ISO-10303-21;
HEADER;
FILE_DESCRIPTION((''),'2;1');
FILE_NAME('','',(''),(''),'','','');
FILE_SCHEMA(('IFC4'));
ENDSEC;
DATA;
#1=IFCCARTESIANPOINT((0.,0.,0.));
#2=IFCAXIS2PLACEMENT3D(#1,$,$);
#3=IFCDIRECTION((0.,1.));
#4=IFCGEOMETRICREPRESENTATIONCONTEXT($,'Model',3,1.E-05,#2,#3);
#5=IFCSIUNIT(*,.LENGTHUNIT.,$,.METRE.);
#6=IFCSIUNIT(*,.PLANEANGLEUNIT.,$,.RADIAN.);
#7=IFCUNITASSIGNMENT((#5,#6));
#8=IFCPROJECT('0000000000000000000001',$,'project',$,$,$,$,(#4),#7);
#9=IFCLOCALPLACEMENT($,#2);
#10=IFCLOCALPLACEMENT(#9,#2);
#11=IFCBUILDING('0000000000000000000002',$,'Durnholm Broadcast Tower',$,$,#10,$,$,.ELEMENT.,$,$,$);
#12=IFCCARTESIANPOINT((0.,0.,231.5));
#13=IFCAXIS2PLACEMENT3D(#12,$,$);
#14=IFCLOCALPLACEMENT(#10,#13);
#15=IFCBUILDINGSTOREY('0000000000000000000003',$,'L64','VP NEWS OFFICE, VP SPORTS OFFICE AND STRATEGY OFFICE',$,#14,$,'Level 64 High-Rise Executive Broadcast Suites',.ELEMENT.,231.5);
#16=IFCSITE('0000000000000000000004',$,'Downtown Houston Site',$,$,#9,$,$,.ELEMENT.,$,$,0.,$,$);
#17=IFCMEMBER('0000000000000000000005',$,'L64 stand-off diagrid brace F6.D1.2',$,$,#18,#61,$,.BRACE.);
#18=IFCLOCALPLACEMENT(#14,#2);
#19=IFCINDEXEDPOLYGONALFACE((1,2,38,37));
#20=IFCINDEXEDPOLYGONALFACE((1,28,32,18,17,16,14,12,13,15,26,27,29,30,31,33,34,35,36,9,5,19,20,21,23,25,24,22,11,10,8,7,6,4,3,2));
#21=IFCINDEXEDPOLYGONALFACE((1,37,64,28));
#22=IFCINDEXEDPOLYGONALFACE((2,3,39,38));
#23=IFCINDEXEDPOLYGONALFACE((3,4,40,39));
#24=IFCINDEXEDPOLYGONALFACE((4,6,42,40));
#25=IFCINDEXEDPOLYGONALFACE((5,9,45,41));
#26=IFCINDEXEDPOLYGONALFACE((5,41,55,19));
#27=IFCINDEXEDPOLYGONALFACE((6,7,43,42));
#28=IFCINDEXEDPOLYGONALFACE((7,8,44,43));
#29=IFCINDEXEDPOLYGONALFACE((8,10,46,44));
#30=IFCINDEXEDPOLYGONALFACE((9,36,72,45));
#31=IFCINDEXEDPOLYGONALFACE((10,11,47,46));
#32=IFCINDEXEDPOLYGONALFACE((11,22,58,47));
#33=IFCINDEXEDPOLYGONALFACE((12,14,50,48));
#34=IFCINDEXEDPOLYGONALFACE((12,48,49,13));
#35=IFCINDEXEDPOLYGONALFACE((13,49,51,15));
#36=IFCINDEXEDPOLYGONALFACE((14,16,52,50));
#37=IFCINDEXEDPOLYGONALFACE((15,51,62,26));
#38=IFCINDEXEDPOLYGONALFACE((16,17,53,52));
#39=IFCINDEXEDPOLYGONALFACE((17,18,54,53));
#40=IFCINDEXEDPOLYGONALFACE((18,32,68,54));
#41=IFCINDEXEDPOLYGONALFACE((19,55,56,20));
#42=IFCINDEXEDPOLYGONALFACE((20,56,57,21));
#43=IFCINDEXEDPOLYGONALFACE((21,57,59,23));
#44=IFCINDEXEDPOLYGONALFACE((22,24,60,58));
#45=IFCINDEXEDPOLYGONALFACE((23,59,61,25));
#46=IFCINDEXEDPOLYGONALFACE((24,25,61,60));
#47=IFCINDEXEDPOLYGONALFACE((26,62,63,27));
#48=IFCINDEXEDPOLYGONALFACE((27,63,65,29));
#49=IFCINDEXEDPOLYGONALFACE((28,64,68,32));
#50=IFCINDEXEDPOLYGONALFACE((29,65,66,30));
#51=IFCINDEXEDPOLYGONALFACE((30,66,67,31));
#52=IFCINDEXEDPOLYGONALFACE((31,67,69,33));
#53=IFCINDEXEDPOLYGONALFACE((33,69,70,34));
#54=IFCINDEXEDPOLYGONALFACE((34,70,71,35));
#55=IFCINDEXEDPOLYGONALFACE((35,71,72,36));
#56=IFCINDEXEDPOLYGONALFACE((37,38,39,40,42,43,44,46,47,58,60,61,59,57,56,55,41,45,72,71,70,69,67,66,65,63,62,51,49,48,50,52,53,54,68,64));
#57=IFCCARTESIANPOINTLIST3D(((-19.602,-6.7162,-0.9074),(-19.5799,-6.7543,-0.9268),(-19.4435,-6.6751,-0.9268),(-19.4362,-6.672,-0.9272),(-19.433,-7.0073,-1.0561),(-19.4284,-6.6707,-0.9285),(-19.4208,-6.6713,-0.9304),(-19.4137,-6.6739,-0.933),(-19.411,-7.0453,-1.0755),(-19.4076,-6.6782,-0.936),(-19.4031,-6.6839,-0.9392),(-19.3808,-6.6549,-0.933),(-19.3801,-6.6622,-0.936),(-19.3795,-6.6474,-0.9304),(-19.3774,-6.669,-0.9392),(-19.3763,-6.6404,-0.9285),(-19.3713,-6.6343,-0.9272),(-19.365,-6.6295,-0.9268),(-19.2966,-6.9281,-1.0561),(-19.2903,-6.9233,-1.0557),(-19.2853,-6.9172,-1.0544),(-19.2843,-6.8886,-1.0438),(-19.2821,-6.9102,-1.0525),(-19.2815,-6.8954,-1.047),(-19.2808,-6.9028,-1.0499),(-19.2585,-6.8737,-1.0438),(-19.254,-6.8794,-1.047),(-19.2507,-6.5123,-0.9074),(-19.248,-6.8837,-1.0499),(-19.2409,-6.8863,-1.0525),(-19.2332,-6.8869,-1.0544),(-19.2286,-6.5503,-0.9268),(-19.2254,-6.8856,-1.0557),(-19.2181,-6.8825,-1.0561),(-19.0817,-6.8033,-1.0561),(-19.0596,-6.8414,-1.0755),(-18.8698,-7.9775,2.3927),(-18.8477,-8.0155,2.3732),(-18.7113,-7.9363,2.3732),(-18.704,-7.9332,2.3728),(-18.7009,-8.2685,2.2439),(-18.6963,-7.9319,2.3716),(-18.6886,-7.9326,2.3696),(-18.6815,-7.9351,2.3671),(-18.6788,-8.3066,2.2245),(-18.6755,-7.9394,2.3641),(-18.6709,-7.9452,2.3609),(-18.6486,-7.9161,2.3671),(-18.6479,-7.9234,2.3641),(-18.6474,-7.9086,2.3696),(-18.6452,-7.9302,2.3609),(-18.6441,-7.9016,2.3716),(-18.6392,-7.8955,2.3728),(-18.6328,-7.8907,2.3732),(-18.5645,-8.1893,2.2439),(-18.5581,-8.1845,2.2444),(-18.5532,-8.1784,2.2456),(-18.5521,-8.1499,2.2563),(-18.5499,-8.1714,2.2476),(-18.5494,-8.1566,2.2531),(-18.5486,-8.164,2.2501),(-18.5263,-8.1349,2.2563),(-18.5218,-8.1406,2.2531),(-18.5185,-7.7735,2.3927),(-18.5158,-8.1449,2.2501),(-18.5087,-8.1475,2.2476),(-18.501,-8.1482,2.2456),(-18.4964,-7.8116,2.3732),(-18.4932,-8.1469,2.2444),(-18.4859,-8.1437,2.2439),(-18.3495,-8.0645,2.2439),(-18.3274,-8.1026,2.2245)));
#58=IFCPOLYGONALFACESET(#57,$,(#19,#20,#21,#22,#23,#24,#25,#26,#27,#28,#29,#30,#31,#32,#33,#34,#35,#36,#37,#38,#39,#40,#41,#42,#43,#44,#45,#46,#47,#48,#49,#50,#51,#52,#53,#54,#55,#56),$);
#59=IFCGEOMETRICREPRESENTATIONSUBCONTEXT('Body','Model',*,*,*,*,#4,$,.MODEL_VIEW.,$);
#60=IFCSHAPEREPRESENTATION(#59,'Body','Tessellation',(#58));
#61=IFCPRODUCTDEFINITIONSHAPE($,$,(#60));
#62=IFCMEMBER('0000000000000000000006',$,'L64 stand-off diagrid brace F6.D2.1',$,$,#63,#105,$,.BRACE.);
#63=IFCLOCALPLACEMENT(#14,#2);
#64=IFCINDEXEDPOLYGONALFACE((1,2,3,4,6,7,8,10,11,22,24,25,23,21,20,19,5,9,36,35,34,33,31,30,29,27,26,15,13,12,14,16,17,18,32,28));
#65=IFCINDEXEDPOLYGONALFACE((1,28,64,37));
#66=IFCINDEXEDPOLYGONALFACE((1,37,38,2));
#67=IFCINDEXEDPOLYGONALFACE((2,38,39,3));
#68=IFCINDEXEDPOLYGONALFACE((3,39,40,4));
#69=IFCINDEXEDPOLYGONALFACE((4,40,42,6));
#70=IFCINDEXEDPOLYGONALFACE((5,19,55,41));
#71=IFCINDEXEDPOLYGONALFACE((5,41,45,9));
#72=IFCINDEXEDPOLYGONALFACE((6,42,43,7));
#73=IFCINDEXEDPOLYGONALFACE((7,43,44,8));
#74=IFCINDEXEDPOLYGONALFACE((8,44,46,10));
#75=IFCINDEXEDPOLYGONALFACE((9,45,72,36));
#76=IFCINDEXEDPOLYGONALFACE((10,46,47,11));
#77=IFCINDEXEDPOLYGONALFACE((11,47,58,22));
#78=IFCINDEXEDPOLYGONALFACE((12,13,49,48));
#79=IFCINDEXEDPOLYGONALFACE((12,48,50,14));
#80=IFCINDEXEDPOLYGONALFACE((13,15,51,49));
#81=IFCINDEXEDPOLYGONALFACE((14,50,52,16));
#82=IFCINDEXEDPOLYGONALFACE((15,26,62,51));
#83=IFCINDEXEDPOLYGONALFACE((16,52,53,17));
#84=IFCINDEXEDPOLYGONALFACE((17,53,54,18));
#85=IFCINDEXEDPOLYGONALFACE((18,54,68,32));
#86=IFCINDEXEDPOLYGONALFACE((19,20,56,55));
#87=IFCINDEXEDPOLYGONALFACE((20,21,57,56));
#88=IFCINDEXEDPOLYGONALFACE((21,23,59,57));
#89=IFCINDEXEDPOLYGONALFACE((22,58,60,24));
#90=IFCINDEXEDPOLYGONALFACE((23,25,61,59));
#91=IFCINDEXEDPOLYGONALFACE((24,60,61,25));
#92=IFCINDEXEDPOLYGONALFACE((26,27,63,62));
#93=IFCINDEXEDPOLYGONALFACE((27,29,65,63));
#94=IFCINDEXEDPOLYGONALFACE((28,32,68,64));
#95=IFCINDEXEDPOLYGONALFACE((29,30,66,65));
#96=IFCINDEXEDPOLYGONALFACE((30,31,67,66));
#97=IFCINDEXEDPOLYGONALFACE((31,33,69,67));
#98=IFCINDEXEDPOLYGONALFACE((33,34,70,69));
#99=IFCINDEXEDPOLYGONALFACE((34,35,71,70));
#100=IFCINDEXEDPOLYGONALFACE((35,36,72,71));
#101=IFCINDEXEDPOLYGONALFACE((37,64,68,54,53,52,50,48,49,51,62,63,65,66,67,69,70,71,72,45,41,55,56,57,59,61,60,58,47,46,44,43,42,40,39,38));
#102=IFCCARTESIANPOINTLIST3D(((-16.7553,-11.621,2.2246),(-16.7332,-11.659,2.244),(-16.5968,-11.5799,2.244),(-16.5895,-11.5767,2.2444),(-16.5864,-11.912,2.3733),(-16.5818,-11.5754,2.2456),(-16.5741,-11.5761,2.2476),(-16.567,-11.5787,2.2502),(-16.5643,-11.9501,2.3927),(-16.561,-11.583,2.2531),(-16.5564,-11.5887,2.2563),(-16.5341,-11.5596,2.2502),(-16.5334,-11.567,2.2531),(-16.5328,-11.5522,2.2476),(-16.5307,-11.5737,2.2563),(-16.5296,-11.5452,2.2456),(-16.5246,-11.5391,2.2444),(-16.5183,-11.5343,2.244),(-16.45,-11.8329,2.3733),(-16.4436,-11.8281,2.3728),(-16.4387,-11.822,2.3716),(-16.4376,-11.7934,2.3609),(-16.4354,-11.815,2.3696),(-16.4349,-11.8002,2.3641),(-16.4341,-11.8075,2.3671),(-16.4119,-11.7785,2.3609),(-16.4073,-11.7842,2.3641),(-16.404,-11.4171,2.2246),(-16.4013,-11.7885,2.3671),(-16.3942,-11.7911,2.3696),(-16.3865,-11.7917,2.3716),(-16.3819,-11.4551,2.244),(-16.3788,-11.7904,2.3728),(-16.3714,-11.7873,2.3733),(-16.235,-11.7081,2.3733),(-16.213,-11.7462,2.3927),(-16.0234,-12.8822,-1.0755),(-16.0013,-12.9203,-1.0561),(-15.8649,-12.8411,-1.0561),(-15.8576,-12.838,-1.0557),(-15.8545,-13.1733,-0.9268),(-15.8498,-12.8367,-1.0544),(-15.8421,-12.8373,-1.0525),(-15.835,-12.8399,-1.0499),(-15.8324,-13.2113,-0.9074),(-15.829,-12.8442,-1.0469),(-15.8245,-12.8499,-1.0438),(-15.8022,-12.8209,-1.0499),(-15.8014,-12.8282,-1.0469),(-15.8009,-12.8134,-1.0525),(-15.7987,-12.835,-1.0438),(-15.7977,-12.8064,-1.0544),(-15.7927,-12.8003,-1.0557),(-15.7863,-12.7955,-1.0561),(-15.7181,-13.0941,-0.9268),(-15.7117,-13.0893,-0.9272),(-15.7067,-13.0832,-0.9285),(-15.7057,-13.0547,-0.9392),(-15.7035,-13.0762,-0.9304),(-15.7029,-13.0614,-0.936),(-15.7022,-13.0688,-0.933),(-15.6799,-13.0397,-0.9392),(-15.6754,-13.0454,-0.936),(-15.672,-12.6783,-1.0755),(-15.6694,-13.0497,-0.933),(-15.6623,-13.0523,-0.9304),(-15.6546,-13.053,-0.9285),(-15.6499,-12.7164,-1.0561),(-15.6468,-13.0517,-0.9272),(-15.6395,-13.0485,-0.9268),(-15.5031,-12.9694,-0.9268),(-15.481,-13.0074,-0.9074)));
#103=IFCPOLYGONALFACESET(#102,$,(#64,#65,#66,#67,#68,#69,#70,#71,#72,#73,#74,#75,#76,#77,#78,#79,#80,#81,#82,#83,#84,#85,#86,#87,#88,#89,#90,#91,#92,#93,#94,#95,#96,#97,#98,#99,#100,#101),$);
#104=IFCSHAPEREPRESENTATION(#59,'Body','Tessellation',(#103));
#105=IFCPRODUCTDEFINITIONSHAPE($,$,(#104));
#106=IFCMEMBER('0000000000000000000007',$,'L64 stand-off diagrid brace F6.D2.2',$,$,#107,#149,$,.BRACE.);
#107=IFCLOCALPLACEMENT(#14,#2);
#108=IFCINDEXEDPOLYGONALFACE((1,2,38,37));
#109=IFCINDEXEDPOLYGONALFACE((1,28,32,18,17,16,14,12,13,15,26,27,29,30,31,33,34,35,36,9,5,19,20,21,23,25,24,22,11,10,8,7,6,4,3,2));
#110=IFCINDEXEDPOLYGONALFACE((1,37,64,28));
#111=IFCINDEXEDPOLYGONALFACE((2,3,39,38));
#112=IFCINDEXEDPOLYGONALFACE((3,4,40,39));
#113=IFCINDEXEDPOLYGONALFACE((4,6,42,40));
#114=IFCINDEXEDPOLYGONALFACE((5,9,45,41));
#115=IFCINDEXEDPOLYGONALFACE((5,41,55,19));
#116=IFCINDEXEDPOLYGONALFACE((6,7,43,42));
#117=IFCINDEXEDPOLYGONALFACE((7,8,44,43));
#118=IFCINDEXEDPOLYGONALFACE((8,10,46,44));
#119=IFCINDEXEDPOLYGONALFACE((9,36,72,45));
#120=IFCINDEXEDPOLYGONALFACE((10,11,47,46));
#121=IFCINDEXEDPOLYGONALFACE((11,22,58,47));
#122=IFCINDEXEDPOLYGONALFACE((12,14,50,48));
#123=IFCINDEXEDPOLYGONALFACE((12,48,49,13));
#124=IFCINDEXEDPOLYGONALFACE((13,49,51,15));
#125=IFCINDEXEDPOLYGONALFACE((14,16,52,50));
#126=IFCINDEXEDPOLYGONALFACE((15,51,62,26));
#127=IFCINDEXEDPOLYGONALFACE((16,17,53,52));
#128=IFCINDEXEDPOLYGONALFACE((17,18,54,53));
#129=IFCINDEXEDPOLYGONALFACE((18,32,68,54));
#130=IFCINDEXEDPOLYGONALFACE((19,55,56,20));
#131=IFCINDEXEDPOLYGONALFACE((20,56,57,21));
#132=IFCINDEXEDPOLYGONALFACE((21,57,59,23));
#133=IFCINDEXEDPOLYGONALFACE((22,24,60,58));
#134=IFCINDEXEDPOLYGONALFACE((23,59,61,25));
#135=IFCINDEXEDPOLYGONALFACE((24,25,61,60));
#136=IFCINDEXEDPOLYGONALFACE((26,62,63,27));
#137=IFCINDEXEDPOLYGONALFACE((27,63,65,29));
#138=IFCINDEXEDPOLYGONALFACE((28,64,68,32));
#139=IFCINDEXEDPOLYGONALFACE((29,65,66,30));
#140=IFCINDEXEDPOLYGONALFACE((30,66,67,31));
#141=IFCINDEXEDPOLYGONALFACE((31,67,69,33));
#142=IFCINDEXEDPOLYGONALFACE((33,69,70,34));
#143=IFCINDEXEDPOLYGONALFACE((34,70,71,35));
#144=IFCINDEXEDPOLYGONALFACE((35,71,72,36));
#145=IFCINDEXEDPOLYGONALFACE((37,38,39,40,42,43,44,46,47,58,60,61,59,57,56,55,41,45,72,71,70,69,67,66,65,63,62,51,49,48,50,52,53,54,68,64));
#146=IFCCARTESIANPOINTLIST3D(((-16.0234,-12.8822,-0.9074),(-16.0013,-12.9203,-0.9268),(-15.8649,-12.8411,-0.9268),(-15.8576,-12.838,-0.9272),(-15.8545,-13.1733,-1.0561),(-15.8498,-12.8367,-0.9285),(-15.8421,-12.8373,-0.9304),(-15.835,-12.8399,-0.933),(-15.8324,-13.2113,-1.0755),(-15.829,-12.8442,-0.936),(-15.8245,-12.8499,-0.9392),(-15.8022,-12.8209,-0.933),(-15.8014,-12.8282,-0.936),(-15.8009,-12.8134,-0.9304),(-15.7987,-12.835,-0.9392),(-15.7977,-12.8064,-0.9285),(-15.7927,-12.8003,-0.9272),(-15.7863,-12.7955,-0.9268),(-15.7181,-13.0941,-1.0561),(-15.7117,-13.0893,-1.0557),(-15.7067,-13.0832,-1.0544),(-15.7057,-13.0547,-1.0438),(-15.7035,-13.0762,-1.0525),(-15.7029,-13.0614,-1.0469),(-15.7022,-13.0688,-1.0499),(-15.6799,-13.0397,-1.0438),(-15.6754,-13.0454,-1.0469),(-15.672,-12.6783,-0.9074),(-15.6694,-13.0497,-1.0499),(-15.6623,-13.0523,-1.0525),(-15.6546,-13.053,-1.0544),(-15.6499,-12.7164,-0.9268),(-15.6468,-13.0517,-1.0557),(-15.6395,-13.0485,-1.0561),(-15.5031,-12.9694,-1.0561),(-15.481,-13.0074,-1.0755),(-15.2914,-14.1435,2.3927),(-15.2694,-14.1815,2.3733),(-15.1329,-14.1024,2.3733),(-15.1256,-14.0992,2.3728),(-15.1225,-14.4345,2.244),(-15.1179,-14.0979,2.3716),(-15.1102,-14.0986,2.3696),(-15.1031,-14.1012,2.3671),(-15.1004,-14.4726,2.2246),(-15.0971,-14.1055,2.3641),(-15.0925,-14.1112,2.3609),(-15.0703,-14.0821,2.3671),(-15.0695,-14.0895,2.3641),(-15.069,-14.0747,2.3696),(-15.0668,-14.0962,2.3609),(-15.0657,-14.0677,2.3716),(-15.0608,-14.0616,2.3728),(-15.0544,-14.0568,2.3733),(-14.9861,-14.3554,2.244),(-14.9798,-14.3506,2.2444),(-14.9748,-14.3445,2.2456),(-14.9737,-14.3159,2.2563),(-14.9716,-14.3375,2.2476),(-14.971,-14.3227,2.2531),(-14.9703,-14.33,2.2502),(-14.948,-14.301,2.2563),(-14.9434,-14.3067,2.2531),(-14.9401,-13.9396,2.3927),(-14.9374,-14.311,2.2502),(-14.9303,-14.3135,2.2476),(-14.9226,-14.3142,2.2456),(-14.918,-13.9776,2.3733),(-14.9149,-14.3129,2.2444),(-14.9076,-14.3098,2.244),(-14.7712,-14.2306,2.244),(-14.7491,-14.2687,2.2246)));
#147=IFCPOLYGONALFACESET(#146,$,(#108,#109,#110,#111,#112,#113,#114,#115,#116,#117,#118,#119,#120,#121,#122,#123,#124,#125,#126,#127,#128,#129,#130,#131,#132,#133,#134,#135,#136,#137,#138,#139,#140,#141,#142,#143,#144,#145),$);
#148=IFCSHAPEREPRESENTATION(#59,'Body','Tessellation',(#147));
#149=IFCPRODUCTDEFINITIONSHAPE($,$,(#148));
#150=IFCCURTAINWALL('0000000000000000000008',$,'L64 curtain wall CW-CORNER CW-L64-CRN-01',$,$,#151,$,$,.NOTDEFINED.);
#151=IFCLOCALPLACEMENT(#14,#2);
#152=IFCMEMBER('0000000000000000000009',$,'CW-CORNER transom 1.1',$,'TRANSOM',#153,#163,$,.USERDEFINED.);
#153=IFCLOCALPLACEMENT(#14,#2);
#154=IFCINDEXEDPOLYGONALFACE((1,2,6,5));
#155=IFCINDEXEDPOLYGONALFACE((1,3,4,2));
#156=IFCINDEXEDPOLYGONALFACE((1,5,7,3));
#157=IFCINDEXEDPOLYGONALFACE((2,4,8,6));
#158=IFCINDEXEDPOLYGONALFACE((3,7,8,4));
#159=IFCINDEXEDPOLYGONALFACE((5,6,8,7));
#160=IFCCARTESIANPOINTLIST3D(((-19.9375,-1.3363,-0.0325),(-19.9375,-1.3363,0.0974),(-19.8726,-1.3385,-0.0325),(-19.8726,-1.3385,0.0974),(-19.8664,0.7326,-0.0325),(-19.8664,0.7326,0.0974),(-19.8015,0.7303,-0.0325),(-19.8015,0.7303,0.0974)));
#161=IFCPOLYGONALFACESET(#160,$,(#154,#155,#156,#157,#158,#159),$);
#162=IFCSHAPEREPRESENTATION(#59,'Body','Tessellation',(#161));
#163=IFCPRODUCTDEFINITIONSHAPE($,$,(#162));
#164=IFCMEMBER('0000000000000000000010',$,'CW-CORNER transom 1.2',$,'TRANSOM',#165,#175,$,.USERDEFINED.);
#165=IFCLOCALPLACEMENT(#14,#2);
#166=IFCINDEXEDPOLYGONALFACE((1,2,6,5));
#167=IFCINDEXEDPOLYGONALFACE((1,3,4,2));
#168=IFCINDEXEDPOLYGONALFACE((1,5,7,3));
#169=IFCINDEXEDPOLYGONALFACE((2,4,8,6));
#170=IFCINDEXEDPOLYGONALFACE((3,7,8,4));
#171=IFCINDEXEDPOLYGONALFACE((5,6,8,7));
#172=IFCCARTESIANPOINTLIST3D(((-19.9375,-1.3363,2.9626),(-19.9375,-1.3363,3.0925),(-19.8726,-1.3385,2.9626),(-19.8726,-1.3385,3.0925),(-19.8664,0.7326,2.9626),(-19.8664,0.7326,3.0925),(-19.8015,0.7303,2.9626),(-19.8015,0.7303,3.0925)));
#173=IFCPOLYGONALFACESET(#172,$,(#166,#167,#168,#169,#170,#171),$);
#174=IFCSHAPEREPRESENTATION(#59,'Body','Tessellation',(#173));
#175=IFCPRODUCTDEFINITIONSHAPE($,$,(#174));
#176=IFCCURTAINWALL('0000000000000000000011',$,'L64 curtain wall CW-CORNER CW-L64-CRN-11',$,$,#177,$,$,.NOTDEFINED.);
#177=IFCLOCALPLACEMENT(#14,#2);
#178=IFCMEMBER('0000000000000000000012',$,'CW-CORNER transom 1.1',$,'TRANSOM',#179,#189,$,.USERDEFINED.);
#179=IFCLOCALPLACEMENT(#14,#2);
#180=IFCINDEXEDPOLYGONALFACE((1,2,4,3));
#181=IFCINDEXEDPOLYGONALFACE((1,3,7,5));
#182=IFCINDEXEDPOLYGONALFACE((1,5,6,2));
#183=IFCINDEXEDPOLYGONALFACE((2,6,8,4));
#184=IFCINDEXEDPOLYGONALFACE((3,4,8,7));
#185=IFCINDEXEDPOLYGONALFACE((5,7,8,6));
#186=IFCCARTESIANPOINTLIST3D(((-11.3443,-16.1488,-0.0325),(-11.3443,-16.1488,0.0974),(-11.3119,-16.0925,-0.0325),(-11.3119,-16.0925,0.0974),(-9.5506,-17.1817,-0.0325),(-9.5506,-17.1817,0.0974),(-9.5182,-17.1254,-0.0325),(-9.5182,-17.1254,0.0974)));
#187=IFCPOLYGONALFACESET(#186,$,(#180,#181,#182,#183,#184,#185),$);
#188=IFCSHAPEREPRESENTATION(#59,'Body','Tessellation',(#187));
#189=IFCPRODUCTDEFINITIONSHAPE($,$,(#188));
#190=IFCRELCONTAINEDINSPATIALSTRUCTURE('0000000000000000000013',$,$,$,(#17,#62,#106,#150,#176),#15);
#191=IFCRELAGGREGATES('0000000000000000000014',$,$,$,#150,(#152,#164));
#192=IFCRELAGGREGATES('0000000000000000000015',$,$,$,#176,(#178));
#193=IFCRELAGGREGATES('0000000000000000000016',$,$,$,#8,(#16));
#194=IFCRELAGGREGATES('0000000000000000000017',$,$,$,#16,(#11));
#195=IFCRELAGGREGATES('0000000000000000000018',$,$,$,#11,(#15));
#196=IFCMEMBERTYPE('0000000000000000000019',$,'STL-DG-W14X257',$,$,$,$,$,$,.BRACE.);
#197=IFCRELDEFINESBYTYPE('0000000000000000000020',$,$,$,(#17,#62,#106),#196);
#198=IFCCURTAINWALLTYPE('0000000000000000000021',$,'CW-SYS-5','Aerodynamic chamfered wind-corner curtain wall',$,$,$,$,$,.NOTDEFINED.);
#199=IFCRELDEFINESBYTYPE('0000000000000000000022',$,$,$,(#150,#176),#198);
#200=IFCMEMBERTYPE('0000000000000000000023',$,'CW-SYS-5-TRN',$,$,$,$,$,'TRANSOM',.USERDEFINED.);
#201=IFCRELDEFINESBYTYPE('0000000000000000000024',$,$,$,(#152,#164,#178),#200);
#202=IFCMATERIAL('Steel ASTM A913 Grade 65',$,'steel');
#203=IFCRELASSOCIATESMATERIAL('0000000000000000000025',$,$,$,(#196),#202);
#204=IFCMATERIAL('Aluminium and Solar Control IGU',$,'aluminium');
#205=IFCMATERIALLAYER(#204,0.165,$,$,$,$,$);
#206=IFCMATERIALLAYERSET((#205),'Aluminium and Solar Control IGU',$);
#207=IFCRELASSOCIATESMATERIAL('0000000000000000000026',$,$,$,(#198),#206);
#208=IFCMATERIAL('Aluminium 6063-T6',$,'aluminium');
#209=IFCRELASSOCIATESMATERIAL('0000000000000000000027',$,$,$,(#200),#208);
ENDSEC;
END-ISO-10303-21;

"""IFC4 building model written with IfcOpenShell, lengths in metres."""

from ifc_helpers import new_model, si_unit, direction, frame, origin, origin_2d, place, context, subcontext, project, spatial, rectangle, i_section, extrude, source, transform, mapped, material, layer, layer_set, material_profile, profile_set, type_object, type_shapes, element, aggregate, save


model = new_model("IFC4")

# Units and contexts
model_context = context("Model", 3, precision=1e-05, world=origin(), true_north=direction((0.0, 1.0)))
body_context = subcontext(model_context, "Body", "Model", "MODEL_VIEW")
ifc_project = project(units=[si_unit("LENGTHUNIT", "METRE"), si_unit("PLANEANGLEUNIT", "RADIAN")], contexts=[model_context])

# Site, building, storey
site_placement = place(None, origin())
site = spatial("IfcSite", under=ifc_project, at=site_placement, Name="Downtown Houston Site", CompositionType="ELEMENT", RefElevation=0.0)
building_placement = place(site_placement, origin())
building = spatial("IfcBuilding", under=site, at=building_placement, Name="Durnholm Broadcast Tower", CompositionType="ELEMENT")
storey_placement = place(building_placement, frame((0.0, 0.0, 231.5)))
storey = spatial("IfcBuildingStorey", under=building, at=storey_placement, Name="L64", Description="VP NEWS OFFICE, VP SPORTS OFFICE AND STRATEGY OFFICE", LongName="Level 64 High-Rise Executive Broadcast Suites", CompositionType="ELEMENT", Elevation=231.5)

# Members
ifc_material_1 = material(Name="Steel ASTM A913 Grade 65", Category="steel")
ifc_material_profile_1 = material_profile(ifc_material_1, i_section(OverallWidth=0.4062, OverallDepth=0.416, WebThickness=0.0298, FlangeThickness=0.0481, FilletRadius=0.0305, at=origin_2d()), Name="W14X257")
ifc_profile_set_1 = profile_set([ifc_material_profile_1], Name="Steel ASTM A913 Grade 65")
member_type_1 = type_object("IfcMemberType", Name="STL-DG-W14X257", PredefinedType="BRACE", material=ifc_profile_set_1)
shared_shape_1 = source(origin(), body_context, "Body", "SweptSolid", [
    extrude(i_section(OverallWidth=0.4062, OverallDepth=0.416, WebThickness=0.0298, FlangeThickness=0.0481, FilletRadius=0.0305, at=origin_2d()), origin(), (0.0, 0.0, 1.0), 3.6079),
])
type_shapes(member_type_1, [shared_shape_1])
for number, where, z_axis, x_axis, name in (
    (1, (-19.3308, -6.7788, -0.9915), (0.202936, -0.349572, 0.914667), (0.864833, 0.502059, 0.0), "L64 stand-off diagrid brace F6.D1.2"),
    (2, (-15.7522, -12.9448, -0.9915), (-0.202871, 0.349577, 0.91468), (-0.864906, -0.501934, 0.0), "L64 stand-off diagrid brace F6.D2.1"),
    (3, (-15.7522, -12.9448, -0.9915), (0.202871, -0.349577, 0.91468), (0.864906, 0.501934, 0.0), "L64 stand-off diagrid brace F6.D2.2"),
):
    element("IfcMember", number, at=place(storey_placement, frame(where, z_axis=z_axis, x_axis=x_axis)), inside=storey, type_object=member_type_1, Name=name, PredefinedType="BRACE", context=body_context, shape_type="MappedRepresentation", body=[
        mapped(shared_shape_1, transform((0.0, 0.0, 0.0), x_axis=(1.0, 0.0, 0.0), y_axis=(0.0, 1.0, 0.0), z_axis=(0.0, 0.0, 1.0), scale=1.0)),
    ])

# Curtain wall, members
ifc_material_2 = material(Name="Aluminium and Solar Control IGU", Category="aluminium")
ifc_layer_1 = layer(ifc_material_2, 0.165)
ifc_layer_set_1 = layer_set([ifc_layer_1], Name="Aluminium and Solar Control IGU")
curtain_wall_type_1 = type_object("IfcCurtainWallType", Name="CW-SYS-5", Description="Aerodynamic chamfered wind-corner curtain wall", PredefinedType="NOTDEFINED", material=ifc_layer_set_1)
curtain_wall_1_placement = place(storey_placement, origin())
curtain_wall_1 = element("IfcCurtainWall", 4, at=curtain_wall_1_placement, inside=storey, type_object=curtain_wall_type_1, Name="L64 curtain wall CW-CORNER CW-L64-CRN-01", PredefinedType="NOTDEFINED")
ifc_material_3 = material(Name="Aluminium 6063-T6", Category="aluminium")
ifc_material_profile_2 = material_profile(ifc_material_3, rectangle(XDim=0.0649, YDim=0.1299, at=origin_2d()), Name="CWT65X130")
ifc_profile_set_2 = profile_set([ifc_material_profile_2], Name="Aluminium 6063-T6")
member_type_2 = type_object("IfcMemberType", Name="CW-SYS-5-TRN", ElementType="TRANSOM", PredefinedType="USERDEFINED", material=ifc_profile_set_2)
shared_shape_2 = source(origin(), body_context, "Body", "SweptSolid", [
    extrude(rectangle(XDim=0.0649, YDim=0.1299, at=origin_2d()), origin(), (0.0, 0.0, 1.0), 2.0701),
])
member_1_placement = place(storey_placement, frame((-19.905, -1.3374, 0.0325), z_axis=(0.03432, 0.999411, 0.0), x_axis=(-0.999411, 0.03432, 0.0)))
member_1 = element("IfcMember", 5, at=member_1_placement, type_object=member_type_2, Name="CW-CORNER transom 1.1", ObjectType="TRANSOM", PredefinedType="USERDEFINED", context=body_context, shape_type="MappedRepresentation", body=[
    mapped(shared_shape_2, transform((0.0, 0.0, 0.0), x_axis=(1.0, 0.0, 0.0), y_axis=(0.0, 1.0, 0.0), z_axis=(0.0, 0.0, 1.0), scale=1.0)),
])
member_2_placement = place(storey_placement, frame((-19.905, -1.3374, 3.0276), z_axis=(0.03432, 0.999411, 0.0), x_axis=(-0.999411, 0.03432, 0.0)))
member_2 = element("IfcMember", 6, at=member_2_placement, type_object=member_type_2, Name="CW-CORNER transom 1.2", ObjectType="TRANSOM", PredefinedType="USERDEFINED", context=body_context, shape_type="MappedRepresentation", body=[
    mapped(shared_shape_2, transform((0.0, 0.0, 0.0), x_axis=(1.0, 0.0, 0.0), y_axis=(0.0, 1.0, 0.0), z_axis=(0.0, 0.0, 1.0), scale=1.0)),
])

# Curtain wall, member
curtain_wall_2_placement = place(storey_placement, origin())
curtain_wall_2 = element("IfcCurtainWall", 7, at=curtain_wall_2_placement, inside=storey, type_object=curtain_wall_type_1, Name="L64 curtain wall CW-CORNER CW-L64-CRN-11", PredefinedType="NOTDEFINED")
shared_shape_3 = source(origin(), body_context, "Body", "SweptSolid", [
    extrude(rectangle(XDim=0.0649, YDim=0.1299, at=origin_2d()), origin(), (0.0, 0.0, 1.0), 2.0698),
])
type_shapes(member_type_2, [shared_shape_2, shared_shape_3])
member_3_placement = place(storey_placement, frame((-9.5344, -17.1536, 0.0325), z_axis=(-0.866576, 0.499045, 0.0), x_axis=(-0.499045, -0.866576, 0.0)))
member_3 = element("IfcMember", 8, at=member_3_placement, type_object=member_type_2, Name="CW-CORNER transom 1.1", ObjectType="TRANSOM", PredefinedType="USERDEFINED", context=body_context, shape_type="MappedRepresentation", body=[
    mapped(shared_shape_3, transform((0.0, 0.0, 0.0), x_axis=(1.0, 0.0, 0.0), y_axis=(0.0, 1.0, 0.0), z_axis=(0.0, 0.0, 1.0), scale=1.0)),
])

aggregate(curtain_wall_1, [member_1, member_2])

aggregate(curtain_wall_2, [member_3])

save(model, "model.ifc")
